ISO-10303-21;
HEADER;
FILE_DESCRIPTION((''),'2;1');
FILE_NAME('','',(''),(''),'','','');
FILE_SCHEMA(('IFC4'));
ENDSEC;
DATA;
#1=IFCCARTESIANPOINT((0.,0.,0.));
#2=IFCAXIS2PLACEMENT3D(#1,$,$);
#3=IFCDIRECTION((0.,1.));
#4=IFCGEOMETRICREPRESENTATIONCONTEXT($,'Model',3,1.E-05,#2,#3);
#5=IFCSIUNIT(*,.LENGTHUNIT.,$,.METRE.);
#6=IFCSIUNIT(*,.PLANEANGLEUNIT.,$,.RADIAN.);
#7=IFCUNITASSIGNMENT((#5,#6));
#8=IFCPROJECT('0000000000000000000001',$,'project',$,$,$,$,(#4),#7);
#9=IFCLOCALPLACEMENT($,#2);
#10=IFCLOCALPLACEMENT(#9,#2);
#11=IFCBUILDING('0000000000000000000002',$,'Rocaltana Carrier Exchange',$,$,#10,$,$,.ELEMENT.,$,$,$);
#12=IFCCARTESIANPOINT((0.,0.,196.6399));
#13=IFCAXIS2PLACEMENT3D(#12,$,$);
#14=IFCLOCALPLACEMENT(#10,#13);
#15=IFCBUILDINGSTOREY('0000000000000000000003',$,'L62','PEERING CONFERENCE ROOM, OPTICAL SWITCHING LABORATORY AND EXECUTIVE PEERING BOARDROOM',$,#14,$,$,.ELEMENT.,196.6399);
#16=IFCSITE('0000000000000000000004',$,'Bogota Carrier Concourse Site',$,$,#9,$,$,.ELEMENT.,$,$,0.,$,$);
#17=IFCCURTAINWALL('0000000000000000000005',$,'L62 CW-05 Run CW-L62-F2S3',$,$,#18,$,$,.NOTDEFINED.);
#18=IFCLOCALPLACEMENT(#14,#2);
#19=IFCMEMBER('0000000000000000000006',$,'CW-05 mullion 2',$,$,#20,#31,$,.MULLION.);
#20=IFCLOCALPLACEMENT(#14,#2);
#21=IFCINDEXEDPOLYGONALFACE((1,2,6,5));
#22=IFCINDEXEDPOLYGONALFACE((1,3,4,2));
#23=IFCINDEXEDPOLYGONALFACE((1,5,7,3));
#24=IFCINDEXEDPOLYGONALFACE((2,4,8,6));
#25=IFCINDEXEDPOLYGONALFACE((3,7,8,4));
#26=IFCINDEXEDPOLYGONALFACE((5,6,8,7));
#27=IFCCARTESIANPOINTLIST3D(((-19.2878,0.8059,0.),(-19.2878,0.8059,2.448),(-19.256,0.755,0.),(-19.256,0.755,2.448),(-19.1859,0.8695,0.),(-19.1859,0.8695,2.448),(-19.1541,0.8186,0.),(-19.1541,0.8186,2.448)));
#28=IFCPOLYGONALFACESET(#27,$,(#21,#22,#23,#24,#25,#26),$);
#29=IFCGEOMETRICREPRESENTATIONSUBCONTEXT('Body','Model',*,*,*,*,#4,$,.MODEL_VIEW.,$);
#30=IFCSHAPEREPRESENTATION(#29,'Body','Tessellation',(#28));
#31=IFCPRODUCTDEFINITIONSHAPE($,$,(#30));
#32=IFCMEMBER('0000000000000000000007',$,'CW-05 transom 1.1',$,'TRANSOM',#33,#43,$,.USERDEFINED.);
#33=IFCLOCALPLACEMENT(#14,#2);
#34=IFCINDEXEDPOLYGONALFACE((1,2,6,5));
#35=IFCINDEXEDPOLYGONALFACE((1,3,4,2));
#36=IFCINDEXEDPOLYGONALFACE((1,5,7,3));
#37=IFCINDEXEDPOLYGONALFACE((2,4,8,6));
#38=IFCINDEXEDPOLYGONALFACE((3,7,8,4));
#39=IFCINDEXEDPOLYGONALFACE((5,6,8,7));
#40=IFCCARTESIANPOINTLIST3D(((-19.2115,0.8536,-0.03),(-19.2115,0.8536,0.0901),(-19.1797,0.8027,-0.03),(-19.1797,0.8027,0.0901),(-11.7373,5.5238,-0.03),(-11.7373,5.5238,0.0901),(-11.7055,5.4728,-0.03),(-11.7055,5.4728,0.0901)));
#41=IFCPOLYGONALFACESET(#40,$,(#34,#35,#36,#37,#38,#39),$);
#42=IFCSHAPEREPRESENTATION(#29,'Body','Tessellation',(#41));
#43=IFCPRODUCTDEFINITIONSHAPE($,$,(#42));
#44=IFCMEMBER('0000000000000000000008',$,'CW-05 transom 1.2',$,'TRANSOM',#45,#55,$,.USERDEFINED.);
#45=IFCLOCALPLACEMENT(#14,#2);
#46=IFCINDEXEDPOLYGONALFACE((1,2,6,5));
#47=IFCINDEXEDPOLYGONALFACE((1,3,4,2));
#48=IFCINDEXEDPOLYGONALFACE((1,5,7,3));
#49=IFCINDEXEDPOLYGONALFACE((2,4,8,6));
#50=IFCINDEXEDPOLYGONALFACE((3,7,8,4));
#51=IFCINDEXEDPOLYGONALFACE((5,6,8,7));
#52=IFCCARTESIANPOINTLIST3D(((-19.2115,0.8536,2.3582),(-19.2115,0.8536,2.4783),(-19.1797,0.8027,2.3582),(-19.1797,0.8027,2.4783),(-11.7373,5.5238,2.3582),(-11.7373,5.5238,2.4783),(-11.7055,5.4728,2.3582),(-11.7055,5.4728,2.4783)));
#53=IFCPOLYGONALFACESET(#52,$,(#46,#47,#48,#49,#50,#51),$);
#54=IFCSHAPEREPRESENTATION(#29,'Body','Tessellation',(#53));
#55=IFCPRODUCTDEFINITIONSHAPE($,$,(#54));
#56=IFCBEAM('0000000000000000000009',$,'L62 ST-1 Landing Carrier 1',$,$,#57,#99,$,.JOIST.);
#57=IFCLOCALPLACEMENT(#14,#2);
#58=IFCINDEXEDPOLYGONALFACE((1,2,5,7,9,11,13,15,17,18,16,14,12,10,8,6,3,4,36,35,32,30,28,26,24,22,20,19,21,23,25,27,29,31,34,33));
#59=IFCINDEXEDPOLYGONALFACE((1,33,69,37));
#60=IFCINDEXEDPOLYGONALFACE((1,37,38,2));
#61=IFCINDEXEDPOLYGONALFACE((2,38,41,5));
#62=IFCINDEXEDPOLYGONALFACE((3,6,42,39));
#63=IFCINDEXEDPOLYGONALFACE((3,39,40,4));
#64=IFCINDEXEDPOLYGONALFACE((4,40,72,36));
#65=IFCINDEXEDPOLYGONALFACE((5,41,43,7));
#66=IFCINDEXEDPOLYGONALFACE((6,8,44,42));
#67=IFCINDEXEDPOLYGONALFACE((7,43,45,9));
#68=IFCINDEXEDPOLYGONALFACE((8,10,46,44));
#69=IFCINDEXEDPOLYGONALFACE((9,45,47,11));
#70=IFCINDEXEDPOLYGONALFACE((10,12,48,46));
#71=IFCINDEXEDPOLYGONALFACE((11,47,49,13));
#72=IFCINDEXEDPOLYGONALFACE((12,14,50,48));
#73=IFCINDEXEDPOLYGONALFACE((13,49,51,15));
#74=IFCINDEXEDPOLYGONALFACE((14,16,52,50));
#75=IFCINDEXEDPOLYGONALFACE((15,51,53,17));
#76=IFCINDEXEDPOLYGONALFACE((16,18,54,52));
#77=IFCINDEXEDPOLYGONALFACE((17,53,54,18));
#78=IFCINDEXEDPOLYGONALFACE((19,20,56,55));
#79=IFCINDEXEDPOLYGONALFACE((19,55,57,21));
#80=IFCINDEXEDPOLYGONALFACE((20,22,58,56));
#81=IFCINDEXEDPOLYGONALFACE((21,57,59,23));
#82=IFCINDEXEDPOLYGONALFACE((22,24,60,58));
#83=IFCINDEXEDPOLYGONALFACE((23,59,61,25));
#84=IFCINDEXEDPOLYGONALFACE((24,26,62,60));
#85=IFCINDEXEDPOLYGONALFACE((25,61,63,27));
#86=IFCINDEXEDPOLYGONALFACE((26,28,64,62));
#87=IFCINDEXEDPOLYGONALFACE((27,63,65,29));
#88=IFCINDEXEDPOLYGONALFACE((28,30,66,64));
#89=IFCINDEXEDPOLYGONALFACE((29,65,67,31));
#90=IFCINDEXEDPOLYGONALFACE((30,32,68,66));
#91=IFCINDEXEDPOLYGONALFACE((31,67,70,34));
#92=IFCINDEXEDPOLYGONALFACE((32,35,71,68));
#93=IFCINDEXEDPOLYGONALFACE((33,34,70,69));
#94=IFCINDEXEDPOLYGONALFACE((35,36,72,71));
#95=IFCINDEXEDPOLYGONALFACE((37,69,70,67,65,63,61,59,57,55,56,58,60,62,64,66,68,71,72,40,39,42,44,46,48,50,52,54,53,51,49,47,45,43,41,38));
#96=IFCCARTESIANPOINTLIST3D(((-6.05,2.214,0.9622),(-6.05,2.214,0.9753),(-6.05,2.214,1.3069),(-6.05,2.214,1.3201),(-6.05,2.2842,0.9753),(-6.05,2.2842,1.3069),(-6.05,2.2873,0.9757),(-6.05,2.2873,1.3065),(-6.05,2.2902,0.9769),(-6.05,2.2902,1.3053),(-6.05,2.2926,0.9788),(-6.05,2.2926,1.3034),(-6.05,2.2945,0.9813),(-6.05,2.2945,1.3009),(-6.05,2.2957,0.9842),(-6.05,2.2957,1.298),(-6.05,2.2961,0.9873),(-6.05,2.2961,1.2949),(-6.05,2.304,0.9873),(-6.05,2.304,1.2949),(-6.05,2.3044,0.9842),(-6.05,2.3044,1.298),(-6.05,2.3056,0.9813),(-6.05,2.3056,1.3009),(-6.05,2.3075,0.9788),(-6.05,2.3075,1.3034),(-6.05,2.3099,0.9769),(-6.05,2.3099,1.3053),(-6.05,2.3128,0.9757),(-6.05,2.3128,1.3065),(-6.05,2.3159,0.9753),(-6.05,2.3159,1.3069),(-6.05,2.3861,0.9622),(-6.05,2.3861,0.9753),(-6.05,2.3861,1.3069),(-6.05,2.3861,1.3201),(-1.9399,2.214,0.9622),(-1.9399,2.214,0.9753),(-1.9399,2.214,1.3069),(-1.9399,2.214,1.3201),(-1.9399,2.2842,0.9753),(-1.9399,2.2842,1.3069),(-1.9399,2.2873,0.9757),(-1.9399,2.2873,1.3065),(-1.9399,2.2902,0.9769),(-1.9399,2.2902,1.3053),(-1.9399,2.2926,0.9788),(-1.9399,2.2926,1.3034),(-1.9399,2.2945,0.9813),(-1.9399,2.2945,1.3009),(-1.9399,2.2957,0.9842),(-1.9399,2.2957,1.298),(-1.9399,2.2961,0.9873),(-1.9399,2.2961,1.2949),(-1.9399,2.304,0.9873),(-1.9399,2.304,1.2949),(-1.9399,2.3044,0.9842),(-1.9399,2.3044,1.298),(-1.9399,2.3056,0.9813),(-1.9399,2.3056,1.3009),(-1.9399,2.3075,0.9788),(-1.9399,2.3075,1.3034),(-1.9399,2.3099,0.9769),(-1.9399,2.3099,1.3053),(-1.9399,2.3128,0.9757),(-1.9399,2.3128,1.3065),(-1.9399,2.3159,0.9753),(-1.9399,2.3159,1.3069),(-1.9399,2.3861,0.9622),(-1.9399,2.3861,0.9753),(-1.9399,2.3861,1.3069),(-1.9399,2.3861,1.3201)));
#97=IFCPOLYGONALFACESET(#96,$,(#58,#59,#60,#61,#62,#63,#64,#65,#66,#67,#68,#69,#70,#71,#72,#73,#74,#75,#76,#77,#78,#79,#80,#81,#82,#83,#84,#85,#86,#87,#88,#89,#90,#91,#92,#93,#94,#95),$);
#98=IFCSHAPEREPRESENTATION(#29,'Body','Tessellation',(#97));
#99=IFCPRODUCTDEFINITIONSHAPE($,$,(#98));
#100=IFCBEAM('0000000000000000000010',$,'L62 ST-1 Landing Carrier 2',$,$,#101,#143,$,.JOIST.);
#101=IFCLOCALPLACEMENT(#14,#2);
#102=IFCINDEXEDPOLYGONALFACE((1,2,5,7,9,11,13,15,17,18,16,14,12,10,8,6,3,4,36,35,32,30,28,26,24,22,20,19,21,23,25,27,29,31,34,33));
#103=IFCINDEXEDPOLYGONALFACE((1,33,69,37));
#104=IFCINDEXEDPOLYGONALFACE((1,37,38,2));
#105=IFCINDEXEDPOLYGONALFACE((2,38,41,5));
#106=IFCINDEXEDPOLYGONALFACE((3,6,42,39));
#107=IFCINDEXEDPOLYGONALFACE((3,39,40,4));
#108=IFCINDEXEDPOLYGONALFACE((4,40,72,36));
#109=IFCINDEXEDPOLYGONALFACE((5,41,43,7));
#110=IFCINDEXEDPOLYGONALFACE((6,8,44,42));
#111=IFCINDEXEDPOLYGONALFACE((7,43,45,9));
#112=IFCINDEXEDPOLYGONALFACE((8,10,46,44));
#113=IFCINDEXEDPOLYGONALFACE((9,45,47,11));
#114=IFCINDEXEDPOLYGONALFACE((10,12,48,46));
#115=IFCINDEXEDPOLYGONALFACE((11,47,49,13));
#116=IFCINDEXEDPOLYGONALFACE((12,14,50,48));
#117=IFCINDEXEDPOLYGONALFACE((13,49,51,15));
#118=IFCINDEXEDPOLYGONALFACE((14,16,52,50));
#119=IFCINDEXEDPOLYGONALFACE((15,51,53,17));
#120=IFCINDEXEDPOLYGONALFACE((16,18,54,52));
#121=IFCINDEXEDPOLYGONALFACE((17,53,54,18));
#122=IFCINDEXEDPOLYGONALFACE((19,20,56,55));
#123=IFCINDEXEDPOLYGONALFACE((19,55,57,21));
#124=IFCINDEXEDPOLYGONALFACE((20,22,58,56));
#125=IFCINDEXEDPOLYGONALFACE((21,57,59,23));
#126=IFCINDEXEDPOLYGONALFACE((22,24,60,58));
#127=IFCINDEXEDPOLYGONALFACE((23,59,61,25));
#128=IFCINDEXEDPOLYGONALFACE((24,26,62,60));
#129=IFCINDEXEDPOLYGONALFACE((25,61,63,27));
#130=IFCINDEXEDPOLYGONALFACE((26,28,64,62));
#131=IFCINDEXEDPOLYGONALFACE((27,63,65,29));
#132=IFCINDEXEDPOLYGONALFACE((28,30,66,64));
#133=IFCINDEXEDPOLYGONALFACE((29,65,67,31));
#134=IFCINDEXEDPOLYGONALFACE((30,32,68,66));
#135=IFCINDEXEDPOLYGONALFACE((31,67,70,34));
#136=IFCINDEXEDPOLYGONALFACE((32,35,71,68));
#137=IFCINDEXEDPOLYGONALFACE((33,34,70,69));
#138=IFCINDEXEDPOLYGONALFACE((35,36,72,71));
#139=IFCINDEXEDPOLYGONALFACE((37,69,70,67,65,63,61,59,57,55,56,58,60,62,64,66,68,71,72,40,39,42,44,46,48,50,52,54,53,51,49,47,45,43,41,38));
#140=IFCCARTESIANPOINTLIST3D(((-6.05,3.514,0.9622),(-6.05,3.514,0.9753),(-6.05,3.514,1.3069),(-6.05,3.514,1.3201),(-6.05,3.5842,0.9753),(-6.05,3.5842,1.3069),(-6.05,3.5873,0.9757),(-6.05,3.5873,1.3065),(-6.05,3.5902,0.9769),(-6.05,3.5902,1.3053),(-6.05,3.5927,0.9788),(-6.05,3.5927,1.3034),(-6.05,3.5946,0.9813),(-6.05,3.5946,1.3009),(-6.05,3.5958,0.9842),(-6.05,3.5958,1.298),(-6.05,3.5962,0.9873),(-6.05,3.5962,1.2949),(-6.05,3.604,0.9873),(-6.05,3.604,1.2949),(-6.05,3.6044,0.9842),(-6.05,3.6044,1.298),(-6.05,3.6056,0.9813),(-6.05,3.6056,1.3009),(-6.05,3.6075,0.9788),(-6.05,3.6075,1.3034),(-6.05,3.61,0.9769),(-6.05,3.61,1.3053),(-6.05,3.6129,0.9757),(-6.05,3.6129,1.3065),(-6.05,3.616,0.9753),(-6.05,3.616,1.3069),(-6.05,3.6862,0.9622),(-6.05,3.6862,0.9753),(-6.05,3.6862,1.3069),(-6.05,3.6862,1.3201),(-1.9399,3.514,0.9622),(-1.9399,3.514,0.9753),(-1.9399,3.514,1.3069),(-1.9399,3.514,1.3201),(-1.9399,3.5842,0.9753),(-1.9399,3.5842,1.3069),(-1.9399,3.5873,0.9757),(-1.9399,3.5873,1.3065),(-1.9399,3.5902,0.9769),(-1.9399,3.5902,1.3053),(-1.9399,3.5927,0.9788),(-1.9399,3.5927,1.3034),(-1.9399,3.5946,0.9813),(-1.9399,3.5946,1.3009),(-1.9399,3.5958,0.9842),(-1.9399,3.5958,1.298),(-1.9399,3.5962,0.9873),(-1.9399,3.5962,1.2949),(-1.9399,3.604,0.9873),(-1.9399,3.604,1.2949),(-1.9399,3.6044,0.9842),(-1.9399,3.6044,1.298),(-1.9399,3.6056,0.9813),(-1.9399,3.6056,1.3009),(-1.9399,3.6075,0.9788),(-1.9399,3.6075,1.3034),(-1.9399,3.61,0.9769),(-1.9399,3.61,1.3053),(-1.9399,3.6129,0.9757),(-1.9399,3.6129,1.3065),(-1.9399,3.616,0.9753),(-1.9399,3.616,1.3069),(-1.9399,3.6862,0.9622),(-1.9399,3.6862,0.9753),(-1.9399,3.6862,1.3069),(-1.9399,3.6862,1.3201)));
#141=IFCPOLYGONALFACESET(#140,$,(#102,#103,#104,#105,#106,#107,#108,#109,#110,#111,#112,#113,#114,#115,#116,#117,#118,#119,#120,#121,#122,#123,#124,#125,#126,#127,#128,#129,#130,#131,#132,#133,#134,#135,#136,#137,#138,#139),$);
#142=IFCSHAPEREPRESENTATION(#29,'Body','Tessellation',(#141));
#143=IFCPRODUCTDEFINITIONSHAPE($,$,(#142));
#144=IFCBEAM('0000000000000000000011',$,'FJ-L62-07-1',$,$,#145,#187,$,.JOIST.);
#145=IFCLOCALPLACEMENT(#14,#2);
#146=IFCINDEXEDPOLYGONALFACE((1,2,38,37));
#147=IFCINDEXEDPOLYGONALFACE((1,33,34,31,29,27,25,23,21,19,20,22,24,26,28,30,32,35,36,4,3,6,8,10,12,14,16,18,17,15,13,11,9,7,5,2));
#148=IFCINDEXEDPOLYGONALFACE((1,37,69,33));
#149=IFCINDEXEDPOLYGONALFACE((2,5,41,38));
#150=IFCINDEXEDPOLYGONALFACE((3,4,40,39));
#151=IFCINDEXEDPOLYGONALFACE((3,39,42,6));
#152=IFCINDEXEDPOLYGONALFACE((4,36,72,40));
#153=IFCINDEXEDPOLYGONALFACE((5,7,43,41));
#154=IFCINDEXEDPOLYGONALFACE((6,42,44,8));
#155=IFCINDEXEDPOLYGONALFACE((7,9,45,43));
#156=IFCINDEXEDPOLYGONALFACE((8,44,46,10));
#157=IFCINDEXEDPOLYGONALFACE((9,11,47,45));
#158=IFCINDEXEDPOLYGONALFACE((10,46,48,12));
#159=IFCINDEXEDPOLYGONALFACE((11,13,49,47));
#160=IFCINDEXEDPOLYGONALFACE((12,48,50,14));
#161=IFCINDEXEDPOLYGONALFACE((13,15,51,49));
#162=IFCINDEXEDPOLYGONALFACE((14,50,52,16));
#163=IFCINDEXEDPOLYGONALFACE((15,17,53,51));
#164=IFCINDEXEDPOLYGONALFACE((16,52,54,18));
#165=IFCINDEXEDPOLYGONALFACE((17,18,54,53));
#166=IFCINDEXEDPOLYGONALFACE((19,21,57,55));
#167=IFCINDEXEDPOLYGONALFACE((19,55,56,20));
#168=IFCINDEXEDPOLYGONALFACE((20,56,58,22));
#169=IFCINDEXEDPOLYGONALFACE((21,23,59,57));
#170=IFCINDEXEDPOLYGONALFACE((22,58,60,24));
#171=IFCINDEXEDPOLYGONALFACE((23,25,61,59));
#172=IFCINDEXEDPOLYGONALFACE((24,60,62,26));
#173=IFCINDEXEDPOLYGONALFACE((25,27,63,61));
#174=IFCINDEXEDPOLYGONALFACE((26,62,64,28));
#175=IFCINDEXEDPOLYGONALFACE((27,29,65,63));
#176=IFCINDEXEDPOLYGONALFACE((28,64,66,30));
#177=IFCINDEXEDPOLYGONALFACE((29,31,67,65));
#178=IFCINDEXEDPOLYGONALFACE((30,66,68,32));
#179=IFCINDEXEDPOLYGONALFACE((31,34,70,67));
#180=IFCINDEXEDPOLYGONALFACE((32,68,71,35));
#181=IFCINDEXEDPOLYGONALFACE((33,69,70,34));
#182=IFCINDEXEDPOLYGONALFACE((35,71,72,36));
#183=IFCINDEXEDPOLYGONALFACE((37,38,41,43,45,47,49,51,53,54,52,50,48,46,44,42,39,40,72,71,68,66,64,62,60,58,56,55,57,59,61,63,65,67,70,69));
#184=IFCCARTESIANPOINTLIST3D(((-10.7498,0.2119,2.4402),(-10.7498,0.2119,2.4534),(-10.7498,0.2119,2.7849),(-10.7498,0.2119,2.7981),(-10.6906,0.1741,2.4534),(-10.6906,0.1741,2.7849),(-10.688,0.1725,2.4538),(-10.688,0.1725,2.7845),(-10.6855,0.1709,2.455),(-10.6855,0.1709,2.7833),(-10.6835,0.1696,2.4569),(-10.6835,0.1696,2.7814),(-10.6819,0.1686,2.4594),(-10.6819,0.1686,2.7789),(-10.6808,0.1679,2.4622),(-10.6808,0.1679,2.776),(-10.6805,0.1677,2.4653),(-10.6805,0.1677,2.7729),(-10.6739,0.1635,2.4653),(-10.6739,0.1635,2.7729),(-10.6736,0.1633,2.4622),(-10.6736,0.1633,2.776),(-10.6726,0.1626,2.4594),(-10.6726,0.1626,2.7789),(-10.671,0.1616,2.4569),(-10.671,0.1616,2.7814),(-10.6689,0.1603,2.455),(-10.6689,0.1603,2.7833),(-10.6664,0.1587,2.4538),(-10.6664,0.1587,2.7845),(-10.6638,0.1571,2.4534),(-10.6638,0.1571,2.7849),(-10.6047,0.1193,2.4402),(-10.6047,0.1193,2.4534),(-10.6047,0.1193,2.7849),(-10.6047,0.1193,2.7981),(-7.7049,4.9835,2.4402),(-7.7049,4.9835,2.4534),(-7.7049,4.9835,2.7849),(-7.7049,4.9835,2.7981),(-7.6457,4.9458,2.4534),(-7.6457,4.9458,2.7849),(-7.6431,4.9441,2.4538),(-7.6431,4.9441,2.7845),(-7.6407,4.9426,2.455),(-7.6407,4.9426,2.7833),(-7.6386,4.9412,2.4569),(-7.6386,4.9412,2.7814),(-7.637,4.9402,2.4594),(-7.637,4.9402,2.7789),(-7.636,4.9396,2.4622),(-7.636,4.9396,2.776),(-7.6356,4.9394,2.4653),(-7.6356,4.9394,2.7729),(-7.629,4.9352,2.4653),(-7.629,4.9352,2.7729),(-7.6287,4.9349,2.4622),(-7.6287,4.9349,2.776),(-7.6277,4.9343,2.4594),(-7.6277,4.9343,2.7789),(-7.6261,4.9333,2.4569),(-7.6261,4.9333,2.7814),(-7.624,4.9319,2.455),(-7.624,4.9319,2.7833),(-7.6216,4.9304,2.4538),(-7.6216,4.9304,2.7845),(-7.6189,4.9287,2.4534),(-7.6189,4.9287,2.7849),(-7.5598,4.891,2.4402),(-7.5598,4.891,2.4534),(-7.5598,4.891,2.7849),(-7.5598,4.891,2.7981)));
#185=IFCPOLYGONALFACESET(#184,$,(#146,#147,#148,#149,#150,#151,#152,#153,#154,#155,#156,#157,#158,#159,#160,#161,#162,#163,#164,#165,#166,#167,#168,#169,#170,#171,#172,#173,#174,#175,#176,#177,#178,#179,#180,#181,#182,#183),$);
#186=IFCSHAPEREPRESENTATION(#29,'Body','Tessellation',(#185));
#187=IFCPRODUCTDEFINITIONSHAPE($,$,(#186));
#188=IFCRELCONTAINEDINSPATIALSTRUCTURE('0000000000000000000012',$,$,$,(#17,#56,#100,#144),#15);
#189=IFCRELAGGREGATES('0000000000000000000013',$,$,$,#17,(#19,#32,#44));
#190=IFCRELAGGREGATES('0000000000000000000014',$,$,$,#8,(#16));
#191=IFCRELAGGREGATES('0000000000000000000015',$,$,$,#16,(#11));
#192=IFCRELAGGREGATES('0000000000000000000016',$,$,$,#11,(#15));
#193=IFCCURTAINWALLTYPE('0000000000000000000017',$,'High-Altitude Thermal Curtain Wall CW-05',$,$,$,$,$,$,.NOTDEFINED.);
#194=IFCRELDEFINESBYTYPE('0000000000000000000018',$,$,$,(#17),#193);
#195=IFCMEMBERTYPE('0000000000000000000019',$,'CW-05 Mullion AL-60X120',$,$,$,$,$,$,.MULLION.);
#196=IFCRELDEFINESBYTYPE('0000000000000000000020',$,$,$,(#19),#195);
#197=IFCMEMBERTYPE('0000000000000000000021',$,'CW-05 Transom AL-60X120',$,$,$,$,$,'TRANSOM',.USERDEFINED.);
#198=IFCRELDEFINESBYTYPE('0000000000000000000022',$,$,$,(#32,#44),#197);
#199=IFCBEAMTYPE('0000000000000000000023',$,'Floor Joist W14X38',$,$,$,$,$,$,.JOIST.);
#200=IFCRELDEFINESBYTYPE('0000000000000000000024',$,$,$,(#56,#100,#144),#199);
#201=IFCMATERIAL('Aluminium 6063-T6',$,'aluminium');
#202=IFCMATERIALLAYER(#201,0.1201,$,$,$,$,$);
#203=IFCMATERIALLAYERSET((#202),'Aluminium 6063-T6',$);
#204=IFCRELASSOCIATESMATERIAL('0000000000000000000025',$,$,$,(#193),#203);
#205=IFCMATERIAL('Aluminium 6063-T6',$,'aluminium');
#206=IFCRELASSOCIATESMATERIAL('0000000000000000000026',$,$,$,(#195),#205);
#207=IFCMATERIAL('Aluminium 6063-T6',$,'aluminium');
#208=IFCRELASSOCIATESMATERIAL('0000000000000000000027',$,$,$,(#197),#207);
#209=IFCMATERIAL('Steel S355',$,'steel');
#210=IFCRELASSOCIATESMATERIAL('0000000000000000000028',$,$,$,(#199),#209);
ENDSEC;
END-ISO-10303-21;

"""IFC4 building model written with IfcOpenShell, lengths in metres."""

from ifc_helpers import new_model, si_unit, direction, frame, origin, origin_2d, place, context, subcontext, project, spatial, rectangle, i_section, extrude, material, layer, layer_set, material_profile, profile_set, type_object, element, aggregate, save


model = new_model("IFC4")

# Units and contexts
model_context = context("Model", 3, precision=1e-05, world=origin(), true_north=direction((0.0, 1.0)))
body_context = subcontext(model_context, "Body", "Model", "MODEL_VIEW")
ifc_project = project(units=[si_unit("LENGTHUNIT", "METRE"), si_unit("PLANEANGLEUNIT", "RADIAN")], contexts=[model_context])

# Site, building, storey
site_placement = place(None, origin())
site = spatial("IfcSite", under=ifc_project, at=site_placement, Name="Bogota Carrier Concourse Site", CompositionType="ELEMENT", RefElevation=0.0)
building_placement = place(site_placement, origin())
building = spatial("IfcBuilding", under=site, at=building_placement, Name="Rocaltana Carrier Exchange", CompositionType="ELEMENT")
storey_placement = place(building_placement, frame((0.0, 0.0, 196.6399)))
storey = spatial("IfcBuildingStorey", under=building, at=storey_placement, Name="L62", Description="PEERING CONFERENCE ROOM, OPTICAL SWITCHING LABORATORY AND EXECUTIVE PEERING BOARDROOM", CompositionType="ELEMENT", Elevation=196.6399)

# Shared definitions
ifc_material_1 = material(Name="Aluminium 6063-T6", Category="aluminium")
ifc_layer_1 = layer(ifc_material_1, 0.1201)
ifc_layer_set_1 = layer_set([ifc_layer_1], Name="Aluminium 6063-T6")
curtain_wall_type = type_object("IfcCurtainWallType", Name="High-Altitude Thermal Curtain Wall CW-05", PredefinedType="NOTDEFINED", material=ifc_layer_set_1)
ifc_material_2 = material(Name="Aluminium 6063-T6", Category="aluminium")
ifc_material_profile_1 = material_profile(ifc_material_2, rectangle(XDim=0.0601, YDim=0.1201, at=origin_2d()), Name="AL-60X120")
ifc_profile_set_1 = profile_set([ifc_material_profile_1], Name="Aluminium 6063-T6")
member_type_1 = type_object("IfcMemberType", Name="CW-05 Mullion AL-60X120", PredefinedType="MULLION", material=ifc_profile_set_1)

# Curtain wall, members
curtain_wall_1_placement = place(storey_placement, origin())
curtain_wall_1 = element("IfcCurtainWall", 1, at=curtain_wall_1_placement, inside=storey, type_object=curtain_wall_type, Name="L62 CW-05 Run CW-L62-F2S3", PredefinedType="NOTDEFINED")
member_1_placement = place(storey_placement, frame((-19.2209, 0.8123, 0.0), z_axis=(0.0, 0.0, 1.0), x_axis=(0.529915, -0.84805, 0.0)))
member_1 = element("IfcMember", 2, at=member_1_placement, type_object=member_type_1, Name="CW-05 mullion 2", PredefinedType="MULLION", context=body_context, shape_type="SweptSolid", body=[
    extrude(rectangle(XDim=0.0601, YDim=0.1201, at=origin_2d()), origin(), (0.0, 0.0, 1.0), 2.448),
])
ifc_material_3 = material(Name="Aluminium 6063-T6", Category="aluminium")
ifc_material_profile_2 = material_profile(ifc_material_3, rectangle(XDim=0.0601, YDim=0.1201, at=origin_2d()), Name="AL-60X120")
ifc_profile_set_2 = profile_set([ifc_material_profile_2], Name="Aluminium 6063-T6")
member_type_2 = type_object("IfcMemberType", Name="CW-05 Transom AL-60X120", ElementType="TRANSOM", PredefinedType="USERDEFINED", material=ifc_profile_set_2)
member_2_placement = place(storey_placement, frame((-11.7214, 5.4983, 0.03), z_axis=(-0.848057, -0.529904, 0.0), x_axis=(0.529904, -0.848057, 0.0)))
member_2 = element("IfcMember", 3, at=member_2_placement, type_object=member_type_2, Name="CW-05 transom 1.1", ObjectType="TRANSOM", PredefinedType="USERDEFINED", context=body_context, shape_type="SweptSolid", body=[
    extrude(rectangle(XDim=0.0601, YDim=0.1201, at=origin_2d()), origin(), (0.0, 0.0, 1.0), 8.8132),
])
member_3_placement = place(storey_placement, frame((-11.7214, 5.4983, 2.4182), z_axis=(-0.848057, -0.529904, 0.0), x_axis=(0.529904, -0.848057, 0.0)))
member_3 = element("IfcMember", 4, at=member_3_placement, type_object=member_type_2, Name="CW-05 transom 1.2", ObjectType="TRANSOM", PredefinedType="USERDEFINED", context=body_context, shape_type="SweptSolid", body=[
    extrude(rectangle(XDim=0.0601, YDim=0.1201, at=origin_2d()), origin(), (0.0, 0.0, 1.0), 8.8132),
])

# Beams
ifc_material_4 = material(Name="Steel S355", Category="steel")
ifc_material_profile_3 = material_profile(ifc_material_4, i_section(OverallWidth=0.1721, OverallDepth=0.3579, WebThickness=0.0078, FlangeThickness=0.0132, FilletRadius=0.012, at=origin_2d()), Name="W14X38")
ifc_profile_set_3 = profile_set([ifc_material_profile_3], Name="Steel S355")
beam_type_1 = type_object("IfcBeamType", Name="Floor Joist W14X38", PredefinedType="JOIST", material=ifc_profile_set_3)
for number, where, z_axis, x_axis, name in (
    (5, (-6.05, 2.3, 1.1411), (1.0, 0.0, 0.0), (0.0, 1.0, 0.0), "L62 ST-1 Landing Carrier 1"),
    (6, (-6.05, 3.6001, 1.1411), (1.0, 0.0, 0.0), (0.0, 1.0, 0.0), "L62 ST-1 Landing Carrier 2"),
):
    element("IfcBeam", number, at=place(storey_placement, frame(where, z_axis=z_axis, x_axis=x_axis)), inside=storey, type_object=beam_type_1, Name=name, PredefinedType="JOIST", context=body_context, shape_type="SweptSolid", body=[
        extrude(i_section(OverallWidth=0.1721, OverallDepth=0.3579, WebThickness=0.0078, FlangeThickness=0.0132, FilletRadius=0.012, at=origin_2d()), origin(), (0.0, 0.0, 1.0), 4.1101),
    ])
beam_1_placement = place(storey_placement, frame((-7.6323, 4.9373, 2.6191), z_axis=(-0.537927, -0.842991, 0.0), x_axis=(0.842991, -0.537927, 0.0)))
element("IfcBeam", 7, at=beam_1_placement, inside=storey, type_object=beam_type_1, Name="FJ-L62-07-1", PredefinedType="JOIST", context=body_context, shape_type="SweptSolid", body=[
    extrude(i_section(OverallWidth=0.1721, OverallDepth=0.3579, WebThickness=0.0078, FlangeThickness=0.0132, FilletRadius=0.012, at=origin_2d()), origin(), (0.0, 0.0, 1.0), 5.6604),
])

aggregate(curtain_wall_1, [member_1, member_2, member_3])

save(model, "model.ifc")
